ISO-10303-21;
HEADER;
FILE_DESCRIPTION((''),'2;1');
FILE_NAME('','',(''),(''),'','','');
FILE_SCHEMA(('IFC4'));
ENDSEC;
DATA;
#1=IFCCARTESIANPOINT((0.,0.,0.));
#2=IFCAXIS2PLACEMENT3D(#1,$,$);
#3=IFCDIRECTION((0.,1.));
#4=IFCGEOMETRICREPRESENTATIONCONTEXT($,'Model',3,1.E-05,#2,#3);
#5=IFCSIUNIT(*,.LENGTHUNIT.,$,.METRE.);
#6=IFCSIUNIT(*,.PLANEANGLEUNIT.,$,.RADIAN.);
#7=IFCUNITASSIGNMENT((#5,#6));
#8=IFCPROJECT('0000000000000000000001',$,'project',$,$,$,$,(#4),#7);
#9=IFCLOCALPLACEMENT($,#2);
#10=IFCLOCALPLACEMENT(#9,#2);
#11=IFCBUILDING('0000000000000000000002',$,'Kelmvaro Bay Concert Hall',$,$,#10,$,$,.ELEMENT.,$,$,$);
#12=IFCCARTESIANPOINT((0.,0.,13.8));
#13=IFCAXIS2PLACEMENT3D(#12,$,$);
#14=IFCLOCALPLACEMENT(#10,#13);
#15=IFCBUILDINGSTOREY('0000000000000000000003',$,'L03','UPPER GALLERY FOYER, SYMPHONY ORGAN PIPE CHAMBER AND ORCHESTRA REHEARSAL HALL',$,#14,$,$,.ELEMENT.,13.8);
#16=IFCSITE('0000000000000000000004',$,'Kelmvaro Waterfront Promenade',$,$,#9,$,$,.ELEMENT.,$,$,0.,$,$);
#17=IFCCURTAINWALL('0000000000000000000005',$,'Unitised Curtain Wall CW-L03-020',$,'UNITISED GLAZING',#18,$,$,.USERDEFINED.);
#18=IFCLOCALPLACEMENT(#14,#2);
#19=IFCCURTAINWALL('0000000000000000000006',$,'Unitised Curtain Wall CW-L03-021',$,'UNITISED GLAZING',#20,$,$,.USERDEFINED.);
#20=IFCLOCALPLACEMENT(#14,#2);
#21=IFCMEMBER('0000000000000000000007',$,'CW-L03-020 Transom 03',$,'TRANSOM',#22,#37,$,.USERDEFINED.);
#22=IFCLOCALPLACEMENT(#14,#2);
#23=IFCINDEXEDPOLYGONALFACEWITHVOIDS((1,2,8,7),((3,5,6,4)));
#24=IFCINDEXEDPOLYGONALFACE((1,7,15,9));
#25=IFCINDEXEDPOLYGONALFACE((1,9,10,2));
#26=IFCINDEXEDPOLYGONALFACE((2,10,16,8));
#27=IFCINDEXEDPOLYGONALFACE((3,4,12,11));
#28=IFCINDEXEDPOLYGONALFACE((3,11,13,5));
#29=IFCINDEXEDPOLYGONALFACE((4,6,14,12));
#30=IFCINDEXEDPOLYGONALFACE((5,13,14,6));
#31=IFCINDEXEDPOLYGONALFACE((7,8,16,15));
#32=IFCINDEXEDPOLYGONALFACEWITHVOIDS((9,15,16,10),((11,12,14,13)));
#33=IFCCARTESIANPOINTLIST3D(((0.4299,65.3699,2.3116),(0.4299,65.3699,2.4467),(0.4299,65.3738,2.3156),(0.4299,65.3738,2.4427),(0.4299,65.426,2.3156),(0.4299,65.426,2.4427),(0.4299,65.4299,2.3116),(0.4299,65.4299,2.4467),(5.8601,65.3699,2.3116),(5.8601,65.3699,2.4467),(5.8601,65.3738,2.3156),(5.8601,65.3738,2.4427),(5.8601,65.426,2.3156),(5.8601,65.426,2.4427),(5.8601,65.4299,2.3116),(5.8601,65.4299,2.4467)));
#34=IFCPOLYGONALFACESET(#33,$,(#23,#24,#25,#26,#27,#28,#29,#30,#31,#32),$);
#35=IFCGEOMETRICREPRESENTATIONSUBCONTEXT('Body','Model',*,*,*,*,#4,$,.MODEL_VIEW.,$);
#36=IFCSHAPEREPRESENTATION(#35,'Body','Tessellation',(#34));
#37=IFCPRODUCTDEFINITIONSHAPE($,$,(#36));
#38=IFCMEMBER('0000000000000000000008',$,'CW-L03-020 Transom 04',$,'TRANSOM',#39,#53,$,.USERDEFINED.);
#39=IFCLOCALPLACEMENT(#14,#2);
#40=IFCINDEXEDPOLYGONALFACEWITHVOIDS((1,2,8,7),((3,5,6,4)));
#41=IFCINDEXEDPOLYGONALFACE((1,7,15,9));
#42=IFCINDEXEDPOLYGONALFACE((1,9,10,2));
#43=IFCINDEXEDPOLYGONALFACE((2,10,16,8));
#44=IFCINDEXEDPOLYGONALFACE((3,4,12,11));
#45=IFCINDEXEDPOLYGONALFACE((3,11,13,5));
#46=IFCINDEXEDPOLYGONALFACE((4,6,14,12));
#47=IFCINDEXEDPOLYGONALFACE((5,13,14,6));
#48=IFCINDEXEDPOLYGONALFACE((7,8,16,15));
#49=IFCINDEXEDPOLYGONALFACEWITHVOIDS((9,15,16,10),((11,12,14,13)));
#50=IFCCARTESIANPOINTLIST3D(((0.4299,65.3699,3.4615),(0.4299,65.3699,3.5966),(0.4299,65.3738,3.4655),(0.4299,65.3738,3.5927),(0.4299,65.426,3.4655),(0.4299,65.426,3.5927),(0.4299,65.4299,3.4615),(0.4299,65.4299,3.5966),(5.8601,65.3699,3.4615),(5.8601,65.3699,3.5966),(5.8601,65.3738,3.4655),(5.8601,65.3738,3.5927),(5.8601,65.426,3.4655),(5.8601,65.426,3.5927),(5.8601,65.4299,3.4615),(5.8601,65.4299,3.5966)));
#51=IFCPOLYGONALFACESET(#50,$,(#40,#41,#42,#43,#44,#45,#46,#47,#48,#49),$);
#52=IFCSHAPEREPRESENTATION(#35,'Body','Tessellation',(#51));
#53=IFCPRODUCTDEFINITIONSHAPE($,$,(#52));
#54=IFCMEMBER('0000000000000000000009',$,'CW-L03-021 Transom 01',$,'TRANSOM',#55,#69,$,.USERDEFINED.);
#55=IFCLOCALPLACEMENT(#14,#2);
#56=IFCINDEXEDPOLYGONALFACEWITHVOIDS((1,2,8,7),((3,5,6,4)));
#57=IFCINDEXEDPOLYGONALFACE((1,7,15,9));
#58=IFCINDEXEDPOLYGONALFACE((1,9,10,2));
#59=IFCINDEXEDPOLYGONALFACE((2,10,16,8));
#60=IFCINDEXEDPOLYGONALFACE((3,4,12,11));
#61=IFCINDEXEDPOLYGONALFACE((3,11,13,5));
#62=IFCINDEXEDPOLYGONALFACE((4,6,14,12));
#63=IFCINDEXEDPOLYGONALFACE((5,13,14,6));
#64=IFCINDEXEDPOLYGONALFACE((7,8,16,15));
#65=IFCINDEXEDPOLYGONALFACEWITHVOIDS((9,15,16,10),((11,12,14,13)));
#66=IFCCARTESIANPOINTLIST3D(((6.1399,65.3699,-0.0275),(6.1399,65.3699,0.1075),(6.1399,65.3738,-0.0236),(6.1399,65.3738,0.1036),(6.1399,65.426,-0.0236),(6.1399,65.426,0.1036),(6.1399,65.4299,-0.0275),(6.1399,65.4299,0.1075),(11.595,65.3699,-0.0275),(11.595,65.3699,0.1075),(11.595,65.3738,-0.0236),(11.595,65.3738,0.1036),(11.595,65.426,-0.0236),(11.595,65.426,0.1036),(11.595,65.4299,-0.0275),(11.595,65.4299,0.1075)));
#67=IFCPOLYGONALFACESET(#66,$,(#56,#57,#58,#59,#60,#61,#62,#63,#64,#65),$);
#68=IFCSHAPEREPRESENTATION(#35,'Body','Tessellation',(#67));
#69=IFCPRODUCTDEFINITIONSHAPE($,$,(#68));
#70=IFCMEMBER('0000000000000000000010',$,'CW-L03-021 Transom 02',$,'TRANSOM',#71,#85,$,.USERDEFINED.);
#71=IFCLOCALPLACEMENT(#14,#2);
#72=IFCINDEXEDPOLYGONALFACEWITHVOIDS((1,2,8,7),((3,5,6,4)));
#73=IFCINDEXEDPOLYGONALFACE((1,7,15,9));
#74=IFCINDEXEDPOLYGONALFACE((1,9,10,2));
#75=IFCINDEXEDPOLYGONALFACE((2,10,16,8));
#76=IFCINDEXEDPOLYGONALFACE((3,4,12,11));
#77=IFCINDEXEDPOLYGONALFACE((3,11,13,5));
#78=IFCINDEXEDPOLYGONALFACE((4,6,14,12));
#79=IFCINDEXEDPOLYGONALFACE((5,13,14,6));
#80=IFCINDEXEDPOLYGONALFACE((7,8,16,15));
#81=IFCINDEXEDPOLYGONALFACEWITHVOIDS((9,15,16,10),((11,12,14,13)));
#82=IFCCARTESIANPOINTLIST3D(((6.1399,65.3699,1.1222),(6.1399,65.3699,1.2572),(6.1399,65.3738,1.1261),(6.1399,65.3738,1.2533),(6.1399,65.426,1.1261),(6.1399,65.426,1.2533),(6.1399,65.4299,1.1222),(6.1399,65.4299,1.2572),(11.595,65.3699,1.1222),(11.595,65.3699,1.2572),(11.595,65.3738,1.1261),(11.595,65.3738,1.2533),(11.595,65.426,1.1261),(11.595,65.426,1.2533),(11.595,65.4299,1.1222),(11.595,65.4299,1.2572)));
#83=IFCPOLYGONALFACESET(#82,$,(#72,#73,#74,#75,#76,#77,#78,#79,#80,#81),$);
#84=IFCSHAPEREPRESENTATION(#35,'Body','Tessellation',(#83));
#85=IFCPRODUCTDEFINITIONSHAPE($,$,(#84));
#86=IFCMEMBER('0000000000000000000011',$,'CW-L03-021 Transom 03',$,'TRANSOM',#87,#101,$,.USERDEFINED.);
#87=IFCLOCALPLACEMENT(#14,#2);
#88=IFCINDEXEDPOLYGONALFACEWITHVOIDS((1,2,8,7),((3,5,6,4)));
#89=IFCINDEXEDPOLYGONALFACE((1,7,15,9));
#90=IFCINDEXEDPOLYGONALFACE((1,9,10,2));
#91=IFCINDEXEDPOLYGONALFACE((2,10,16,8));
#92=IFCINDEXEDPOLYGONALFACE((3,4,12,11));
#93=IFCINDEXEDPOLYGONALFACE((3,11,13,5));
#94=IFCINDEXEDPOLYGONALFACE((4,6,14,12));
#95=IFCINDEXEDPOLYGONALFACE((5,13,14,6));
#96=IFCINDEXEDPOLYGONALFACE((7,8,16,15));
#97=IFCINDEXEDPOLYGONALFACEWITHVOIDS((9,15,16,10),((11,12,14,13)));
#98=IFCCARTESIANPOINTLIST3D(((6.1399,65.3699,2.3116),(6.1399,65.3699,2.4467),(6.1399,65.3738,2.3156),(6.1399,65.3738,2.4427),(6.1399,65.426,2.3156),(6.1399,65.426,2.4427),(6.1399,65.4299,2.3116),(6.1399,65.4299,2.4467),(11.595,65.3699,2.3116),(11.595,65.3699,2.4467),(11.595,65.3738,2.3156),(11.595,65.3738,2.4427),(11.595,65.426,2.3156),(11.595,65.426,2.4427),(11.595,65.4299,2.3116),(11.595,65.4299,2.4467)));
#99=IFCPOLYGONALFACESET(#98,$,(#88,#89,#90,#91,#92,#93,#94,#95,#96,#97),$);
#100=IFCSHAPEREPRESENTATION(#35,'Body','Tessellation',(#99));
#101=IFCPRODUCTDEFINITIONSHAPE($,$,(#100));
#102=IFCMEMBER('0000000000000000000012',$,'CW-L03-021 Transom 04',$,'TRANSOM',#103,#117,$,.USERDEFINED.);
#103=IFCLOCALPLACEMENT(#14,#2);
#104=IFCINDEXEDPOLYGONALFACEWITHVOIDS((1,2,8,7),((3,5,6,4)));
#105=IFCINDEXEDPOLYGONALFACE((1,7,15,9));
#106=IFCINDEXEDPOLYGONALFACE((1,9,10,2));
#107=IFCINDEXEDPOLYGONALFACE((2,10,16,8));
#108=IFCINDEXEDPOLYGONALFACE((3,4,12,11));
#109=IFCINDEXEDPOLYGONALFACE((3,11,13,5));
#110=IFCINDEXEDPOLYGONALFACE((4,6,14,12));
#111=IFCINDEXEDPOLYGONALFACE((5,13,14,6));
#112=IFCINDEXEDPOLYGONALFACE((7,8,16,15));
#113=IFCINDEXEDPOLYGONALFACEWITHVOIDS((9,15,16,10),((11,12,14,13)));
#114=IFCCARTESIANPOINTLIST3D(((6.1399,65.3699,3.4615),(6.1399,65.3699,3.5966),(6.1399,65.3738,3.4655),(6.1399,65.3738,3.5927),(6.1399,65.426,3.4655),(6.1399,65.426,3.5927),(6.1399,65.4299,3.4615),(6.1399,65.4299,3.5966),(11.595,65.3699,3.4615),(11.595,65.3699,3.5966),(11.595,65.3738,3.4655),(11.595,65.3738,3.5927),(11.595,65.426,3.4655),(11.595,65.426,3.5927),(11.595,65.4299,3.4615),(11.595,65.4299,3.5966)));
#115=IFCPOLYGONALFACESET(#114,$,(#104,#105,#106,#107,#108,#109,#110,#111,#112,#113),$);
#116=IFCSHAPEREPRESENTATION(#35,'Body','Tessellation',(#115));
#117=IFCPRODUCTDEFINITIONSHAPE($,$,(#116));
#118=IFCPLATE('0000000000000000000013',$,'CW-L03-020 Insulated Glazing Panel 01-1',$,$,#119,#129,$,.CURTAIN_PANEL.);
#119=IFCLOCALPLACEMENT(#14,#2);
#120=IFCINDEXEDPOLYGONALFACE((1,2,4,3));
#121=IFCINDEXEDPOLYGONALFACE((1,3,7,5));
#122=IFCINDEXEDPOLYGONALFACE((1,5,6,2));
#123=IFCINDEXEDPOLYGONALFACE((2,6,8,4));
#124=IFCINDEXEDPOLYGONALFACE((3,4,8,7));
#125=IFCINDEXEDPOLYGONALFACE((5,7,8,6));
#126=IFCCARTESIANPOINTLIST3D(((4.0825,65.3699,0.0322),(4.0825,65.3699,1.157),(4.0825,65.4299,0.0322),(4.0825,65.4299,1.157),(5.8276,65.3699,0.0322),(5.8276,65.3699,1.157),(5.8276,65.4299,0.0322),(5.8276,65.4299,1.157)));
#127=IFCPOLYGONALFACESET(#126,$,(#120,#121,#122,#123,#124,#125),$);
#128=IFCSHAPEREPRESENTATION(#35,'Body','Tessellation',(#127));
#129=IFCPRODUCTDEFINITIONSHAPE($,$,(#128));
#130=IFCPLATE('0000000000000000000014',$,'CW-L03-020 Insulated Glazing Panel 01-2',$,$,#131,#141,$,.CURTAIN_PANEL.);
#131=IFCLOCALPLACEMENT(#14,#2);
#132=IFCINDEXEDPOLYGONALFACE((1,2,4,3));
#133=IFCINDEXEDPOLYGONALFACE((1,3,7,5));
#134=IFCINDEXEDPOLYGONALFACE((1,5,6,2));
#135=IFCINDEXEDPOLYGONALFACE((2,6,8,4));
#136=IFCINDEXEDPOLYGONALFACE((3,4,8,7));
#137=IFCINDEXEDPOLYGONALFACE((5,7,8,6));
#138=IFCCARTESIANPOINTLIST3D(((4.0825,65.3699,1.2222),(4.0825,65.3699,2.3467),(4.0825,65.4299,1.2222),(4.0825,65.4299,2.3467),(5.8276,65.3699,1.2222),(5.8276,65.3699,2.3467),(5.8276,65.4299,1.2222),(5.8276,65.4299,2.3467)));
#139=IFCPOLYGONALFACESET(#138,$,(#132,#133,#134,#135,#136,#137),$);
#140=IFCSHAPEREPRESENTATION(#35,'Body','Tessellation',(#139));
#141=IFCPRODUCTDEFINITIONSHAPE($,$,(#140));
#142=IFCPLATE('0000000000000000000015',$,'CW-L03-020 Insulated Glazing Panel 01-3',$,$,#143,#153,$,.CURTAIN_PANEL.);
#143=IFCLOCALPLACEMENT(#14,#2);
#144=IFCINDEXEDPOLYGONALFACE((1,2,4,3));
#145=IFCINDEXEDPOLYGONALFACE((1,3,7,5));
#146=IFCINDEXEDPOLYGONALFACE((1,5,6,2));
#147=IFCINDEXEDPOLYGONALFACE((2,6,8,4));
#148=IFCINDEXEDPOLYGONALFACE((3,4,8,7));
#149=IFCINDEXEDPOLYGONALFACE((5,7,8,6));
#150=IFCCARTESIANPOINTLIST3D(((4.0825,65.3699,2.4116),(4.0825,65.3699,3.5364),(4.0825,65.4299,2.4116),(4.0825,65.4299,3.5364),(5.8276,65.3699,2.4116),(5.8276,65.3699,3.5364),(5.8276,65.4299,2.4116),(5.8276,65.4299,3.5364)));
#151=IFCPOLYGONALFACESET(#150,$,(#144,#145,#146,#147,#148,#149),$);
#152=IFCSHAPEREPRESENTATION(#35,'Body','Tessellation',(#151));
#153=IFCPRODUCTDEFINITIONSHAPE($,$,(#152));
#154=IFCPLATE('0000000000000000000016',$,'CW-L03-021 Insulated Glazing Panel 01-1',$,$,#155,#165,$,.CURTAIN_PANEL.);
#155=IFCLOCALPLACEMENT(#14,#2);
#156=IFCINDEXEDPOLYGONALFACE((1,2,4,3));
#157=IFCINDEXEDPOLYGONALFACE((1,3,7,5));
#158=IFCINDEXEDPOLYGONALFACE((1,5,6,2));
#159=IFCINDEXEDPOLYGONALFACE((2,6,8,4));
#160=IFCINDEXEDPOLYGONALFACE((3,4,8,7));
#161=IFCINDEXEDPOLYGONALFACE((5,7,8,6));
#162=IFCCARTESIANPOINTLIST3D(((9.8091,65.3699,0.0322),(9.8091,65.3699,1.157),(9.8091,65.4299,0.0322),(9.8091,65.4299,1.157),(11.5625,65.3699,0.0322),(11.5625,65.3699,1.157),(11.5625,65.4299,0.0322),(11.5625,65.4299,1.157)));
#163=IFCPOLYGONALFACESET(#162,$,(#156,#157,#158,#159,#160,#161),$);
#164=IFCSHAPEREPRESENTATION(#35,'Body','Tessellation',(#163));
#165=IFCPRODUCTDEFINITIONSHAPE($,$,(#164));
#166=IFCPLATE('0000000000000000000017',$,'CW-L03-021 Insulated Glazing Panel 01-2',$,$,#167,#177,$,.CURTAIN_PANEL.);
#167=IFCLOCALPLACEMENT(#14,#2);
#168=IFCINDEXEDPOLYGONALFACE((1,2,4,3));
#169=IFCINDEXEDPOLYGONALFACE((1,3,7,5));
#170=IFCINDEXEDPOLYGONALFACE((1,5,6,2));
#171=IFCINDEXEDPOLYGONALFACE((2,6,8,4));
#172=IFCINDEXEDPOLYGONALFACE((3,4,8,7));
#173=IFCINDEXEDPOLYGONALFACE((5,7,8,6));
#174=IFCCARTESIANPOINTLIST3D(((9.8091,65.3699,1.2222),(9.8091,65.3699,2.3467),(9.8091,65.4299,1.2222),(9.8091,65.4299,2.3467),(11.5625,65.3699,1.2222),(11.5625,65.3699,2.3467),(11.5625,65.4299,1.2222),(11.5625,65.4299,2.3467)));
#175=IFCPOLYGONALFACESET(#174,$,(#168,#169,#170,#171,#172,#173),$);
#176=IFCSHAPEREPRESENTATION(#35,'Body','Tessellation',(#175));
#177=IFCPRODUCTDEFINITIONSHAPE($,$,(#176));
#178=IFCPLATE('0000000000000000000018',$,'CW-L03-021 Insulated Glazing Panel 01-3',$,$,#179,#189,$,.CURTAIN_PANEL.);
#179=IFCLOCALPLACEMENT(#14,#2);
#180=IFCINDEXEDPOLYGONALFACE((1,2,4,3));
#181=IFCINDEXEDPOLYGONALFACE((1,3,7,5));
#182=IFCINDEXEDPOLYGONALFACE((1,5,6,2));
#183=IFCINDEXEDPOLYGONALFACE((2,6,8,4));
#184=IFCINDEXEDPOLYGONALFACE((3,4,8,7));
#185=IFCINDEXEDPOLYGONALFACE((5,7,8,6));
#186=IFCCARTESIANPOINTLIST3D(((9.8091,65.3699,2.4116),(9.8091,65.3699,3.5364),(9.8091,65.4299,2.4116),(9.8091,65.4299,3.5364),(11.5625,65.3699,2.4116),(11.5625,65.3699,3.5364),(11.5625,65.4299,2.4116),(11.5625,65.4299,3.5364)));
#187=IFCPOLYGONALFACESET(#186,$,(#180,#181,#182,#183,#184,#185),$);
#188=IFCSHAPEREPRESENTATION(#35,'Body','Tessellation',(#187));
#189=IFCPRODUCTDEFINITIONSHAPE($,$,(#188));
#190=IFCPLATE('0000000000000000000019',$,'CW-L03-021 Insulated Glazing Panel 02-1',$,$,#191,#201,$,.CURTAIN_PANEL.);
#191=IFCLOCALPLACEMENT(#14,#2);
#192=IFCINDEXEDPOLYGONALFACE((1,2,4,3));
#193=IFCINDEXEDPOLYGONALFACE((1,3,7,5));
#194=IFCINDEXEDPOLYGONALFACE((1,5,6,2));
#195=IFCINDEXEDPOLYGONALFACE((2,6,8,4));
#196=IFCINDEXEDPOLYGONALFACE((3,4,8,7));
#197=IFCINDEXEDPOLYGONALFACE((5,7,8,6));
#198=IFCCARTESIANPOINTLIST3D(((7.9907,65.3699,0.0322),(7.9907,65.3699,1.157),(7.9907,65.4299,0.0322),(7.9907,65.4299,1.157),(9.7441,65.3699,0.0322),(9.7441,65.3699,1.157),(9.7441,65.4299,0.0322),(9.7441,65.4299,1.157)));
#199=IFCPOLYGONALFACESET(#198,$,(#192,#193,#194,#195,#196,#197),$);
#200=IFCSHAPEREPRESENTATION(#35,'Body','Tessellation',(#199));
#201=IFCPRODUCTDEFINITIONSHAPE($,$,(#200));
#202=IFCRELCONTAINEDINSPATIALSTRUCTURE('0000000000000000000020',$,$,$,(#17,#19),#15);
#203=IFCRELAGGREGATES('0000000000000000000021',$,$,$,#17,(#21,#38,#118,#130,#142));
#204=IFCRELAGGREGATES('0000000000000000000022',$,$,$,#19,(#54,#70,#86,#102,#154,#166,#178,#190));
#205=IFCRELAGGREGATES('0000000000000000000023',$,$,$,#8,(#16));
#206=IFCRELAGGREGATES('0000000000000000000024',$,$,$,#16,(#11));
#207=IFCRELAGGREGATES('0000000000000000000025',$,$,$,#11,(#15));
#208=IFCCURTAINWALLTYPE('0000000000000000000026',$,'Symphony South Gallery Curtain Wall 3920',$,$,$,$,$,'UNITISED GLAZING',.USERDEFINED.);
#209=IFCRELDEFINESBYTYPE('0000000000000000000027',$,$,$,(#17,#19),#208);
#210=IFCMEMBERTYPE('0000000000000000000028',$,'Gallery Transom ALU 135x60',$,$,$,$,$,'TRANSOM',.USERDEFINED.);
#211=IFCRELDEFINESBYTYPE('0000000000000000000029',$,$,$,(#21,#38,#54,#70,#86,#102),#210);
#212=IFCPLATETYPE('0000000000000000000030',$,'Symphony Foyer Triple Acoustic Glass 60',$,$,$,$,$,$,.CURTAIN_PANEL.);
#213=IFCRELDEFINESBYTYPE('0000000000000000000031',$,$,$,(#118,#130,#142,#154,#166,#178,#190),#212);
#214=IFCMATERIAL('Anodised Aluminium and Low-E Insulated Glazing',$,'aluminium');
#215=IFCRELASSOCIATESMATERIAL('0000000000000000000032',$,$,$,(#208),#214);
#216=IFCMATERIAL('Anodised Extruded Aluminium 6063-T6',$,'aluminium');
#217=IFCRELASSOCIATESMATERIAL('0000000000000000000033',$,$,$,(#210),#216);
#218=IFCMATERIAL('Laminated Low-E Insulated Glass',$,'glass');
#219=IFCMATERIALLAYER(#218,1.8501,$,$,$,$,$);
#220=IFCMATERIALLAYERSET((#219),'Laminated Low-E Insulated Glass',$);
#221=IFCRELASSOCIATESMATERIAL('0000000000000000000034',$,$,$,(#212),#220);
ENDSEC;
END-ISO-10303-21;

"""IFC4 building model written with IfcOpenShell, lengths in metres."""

from ifc_helpers import new_model, si_unit, direction, frame, origin, origin_2d, place, context, subcontext, project, spatial, rectangle, hollow_rectangle, extrude, material, layer, layer_set, material_profile, profile_set, type_object, element, aggregate, save


model = new_model("IFC4")

# Units and contexts
model_context = context("Model", 3, precision=1e-05, world=origin(), true_north=direction((0.0, 1.0)))
body_context = subcontext(model_context, "Body", "Model", "MODEL_VIEW")
ifc_project = project(units=[si_unit("LENGTHUNIT", "METRE"), si_unit("PLANEANGLEUNIT", "RADIAN")], contexts=[model_context])

# Site, building, storey
site_placement = place(None, origin())
site = spatial("IfcSite", under=ifc_project, at=site_placement, Name="Kelmvaro Waterfront Promenade", CompositionType="ELEMENT", RefElevation=0.0)
building_placement = place(site_placement, origin())
building = spatial("IfcBuilding", under=site, at=building_placement, Name="Kelmvaro Bay Concert Hall", CompositionType="ELEMENT")
storey_placement = place(building_placement, frame((0.0, 0.0, 13.8)))
storey = spatial("IfcBuildingStorey", under=building, at=storey_placement, Name="L03", Description="UPPER GALLERY FOYER, SYMPHONY ORGAN PIPE CHAMBER AND ORCHESTRA REHEARSAL HALL", CompositionType="ELEMENT", Elevation=13.8)

# Curtain wall
ifc_material_1 = material(Name="Anodised Aluminium and Low-E Insulated Glazing", Category="aluminium")
curtain_wall_type = type_object("IfcCurtainWallType", Name="Symphony South Gallery Curtain Wall 3920", ElementType="UNITISED GLAZING", PredefinedType="USERDEFINED", material=ifc_material_1)
curtain_wall_1_placement = place(storey_placement, origin())
curtain_wall_1 = element("IfcCurtainWall", 1, at=curtain_wall_1_placement, inside=storey, type_object=curtain_wall_type, Name="Unitised Curtain Wall CW-L03-020", ObjectType="UNITISED GLAZING", PredefinedType="USERDEFINED")

# Curtain wall
curtain_wall_2_placement = place(storey_placement, origin())
curtain_wall_2 = element("IfcCurtainWall", 2, at=curtain_wall_2_placement, inside=storey, type_object=curtain_wall_type, Name="Unitised Curtain Wall CW-L03-021", ObjectType="UNITISED GLAZING", PredefinedType="USERDEFINED")

# Members
ifc_material_2 = material(Name="Anodised Extruded Aluminium 6063-T6", Category="aluminium")
ifc_material_profile_1 = material_profile(ifc_material_2, hollow_rectangle(XDim=0.0601, YDim=0.135, WallThickness=0.0039, at=origin_2d()), Name="ALU-TRN-135X60")
ifc_profile_set_1 = profile_set([ifc_material_profile_1], Name="Anodised Extruded Aluminium 6063-T6")
member_type_1 = type_object("IfcMemberType", Name="Gallery Transom ALU 135x60", ElementType="TRANSOM", PredefinedType="USERDEFINED", material=ifc_profile_set_1)
member_1_placement = place(storey_placement, frame((5.8601, 65.3999, 2.3792), z_axis=(-1.0, 0.0, 0.0), x_axis=(0.0, -1.0, 0.0)))
member_1 = element("IfcMember", 3, at=member_1_placement, type_object=member_type_1, Name="CW-L03-020 Transom 03", ObjectType="TRANSOM", PredefinedType="USERDEFINED", context=body_context, shape_type="SweptSolid", body=[
    extrude(hollow_rectangle(XDim=0.0601, YDim=0.135, WallThickness=0.0039, at=origin_2d()), origin(), (0.0, 0.0, 1.0), 5.4302),
])
member_2_placement = place(storey_placement, frame((5.8601, 65.3999, 3.5291), z_axis=(-1.0, 0.0, 0.0), x_axis=(0.0, -1.0, 0.0)))
member_2 = element("IfcMember", 4, at=member_2_placement, type_object=member_type_1, Name="CW-L03-020 Transom 04", ObjectType="TRANSOM", PredefinedType="USERDEFINED", context=body_context, shape_type="SweptSolid", body=[
    extrude(hollow_rectangle(XDim=0.0601, YDim=0.135, WallThickness=0.0039, at=origin_2d()), origin(), (0.0, 0.0, 1.0), 5.4302),
])
member_3_placement = place(storey_placement, frame((11.595, 65.3999, 0.04), z_axis=(-1.0, 0.0, 0.0), x_axis=(0.0, -1.0, 0.0)))
member_3 = element("IfcMember", 5, at=member_3_placement, type_object=member_type_1, Name="CW-L03-021 Transom 01", ObjectType="TRANSOM", PredefinedType="USERDEFINED", context=body_context, shape_type="SweptSolid", body=[
    extrude(hollow_rectangle(XDim=0.0601, YDim=0.135, WallThickness=0.0039, at=origin_2d()), origin(), (0.0, 0.0, 1.0), 5.4551),
])
member_4_placement = place(storey_placement, frame((11.595, 65.3999, 1.1897), z_axis=(-1.0, 0.0, 0.0), x_axis=(0.0, -1.0, 0.0)))
member_4 = element("IfcMember", 6, at=member_4_placement, type_object=member_type_1, Name="CW-L03-021 Transom 02", ObjectType="TRANSOM", PredefinedType="USERDEFINED", context=body_context, shape_type="SweptSolid", body=[
    extrude(hollow_rectangle(XDim=0.0601, YDim=0.135, WallThickness=0.0039, at=origin_2d()), origin(), (0.0, 0.0, 1.0), 5.4551),
])
member_5_placement = place(storey_placement, frame((11.595, 65.3999, 2.3792), z_axis=(-1.0, 0.0, 0.0), x_axis=(0.0, -1.0, 0.0)))
member_5 = element("IfcMember", 7, at=member_5_placement, type_object=member_type_1, Name="CW-L03-021 Transom 03", ObjectType="TRANSOM", PredefinedType="USERDEFINED", context=body_context, shape_type="SweptSolid", body=[
    extrude(hollow_rectangle(XDim=0.0601, YDim=0.135, WallThickness=0.0039, at=origin_2d()), origin(), (0.0, 0.0, 1.0), 5.4551),
])
member_6_placement = place(storey_placement, frame((11.595, 65.3999, 3.5291), z_axis=(-1.0, 0.0, 0.0), x_axis=(0.0, -1.0, 0.0)))
member_6 = element("IfcMember", 8, at=member_6_placement, type_object=member_type_1, Name="CW-L03-021 Transom 04", ObjectType="TRANSOM", PredefinedType="USERDEFINED", context=body_context, shape_type="SweptSolid", body=[
    extrude(hollow_rectangle(XDim=0.0601, YDim=0.135, WallThickness=0.0039, at=origin_2d()), origin(), (0.0, 0.0, 1.0), 5.4551),
])

# Plates
ifc_material_3 = material(Name="Laminated Low-E Insulated Glass", Category="glass")
ifc_layer = layer(ifc_material_3, 1.8501)
ifc_layer_set = layer_set([ifc_layer], Name="Laminated Low-E Insulated Glass")
plate_type = type_object("IfcPlateType", Name="Symphony Foyer Triple Acoustic Glass 60", PredefinedType="CURTAIN_PANEL", material=ifc_layer_set)
plate_1_placement = place(storey_placement, frame((4.9551, 65.3999, 0.0322), z_axis=(0.0, 0.0, 1.0), x_axis=(-1.0, 0.0, 0.0)))
plate_1 = element("IfcPlate", 9, at=plate_1_placement, type_object=plate_type, Name="CW-L03-020 Insulated Glazing Panel 01-1", PredefinedType="CURTAIN_PANEL", context=body_context, shape_type="SweptSolid", body=[
    extrude(rectangle(XDim=1.7451, YDim=0.0601, at=origin_2d()), origin(), (0.0, 0.0, 1.0), 1.1248),
])
plate_2_placement = place(storey_placement, frame((4.9551, 65.3999, 1.2222), z_axis=(0.0, 0.0, 1.0), x_axis=(-1.0, 0.0, 0.0)))
plate_2 = element("IfcPlate", 10, at=plate_2_placement, type_object=plate_type, Name="CW-L03-020 Insulated Glazing Panel 01-2", PredefinedType="CURTAIN_PANEL", context=body_context, shape_type="SweptSolid", body=[
    extrude(rectangle(XDim=1.7451, YDim=0.0601, at=origin_2d()), origin(), (0.0, 0.0, 1.0), 1.1245),
])
plate_3_placement = place(storey_placement, frame((4.9551, 65.3999, 2.4116), z_axis=(0.0, 0.0, 1.0), x_axis=(-1.0, 0.0, 0.0)))
plate_3 = element("IfcPlate", 11, at=plate_3_placement, type_object=plate_type, Name="CW-L03-020 Insulated Glazing Panel 01-3", PredefinedType="CURTAIN_PANEL", context=body_context, shape_type="SweptSolid", body=[
    extrude(rectangle(XDim=1.7451, YDim=0.0601, at=origin_2d()), origin(), (0.0, 0.0, 1.0), 1.1248),
])
aggregate(curtain_wall_1, [member_1, member_2, plate_1, plate_2, plate_3])
plate_4_placement = place(storey_placement, frame((10.6858, 65.3999, 0.0322), z_axis=(0.0, 0.0, 1.0), x_axis=(-1.0, 0.0, 0.0)))
plate_4 = element("IfcPlate", 12, at=plate_4_placement, type_object=plate_type, Name="CW-L03-021 Insulated Glazing Panel 01-1", PredefinedType="CURTAIN_PANEL", context=body_context, shape_type="SweptSolid", body=[
    extrude(rectangle(XDim=1.7534, YDim=0.0601, at=origin_2d()), origin(), (0.0, 0.0, 1.0), 1.1248),
])
plate_5_placement = place(storey_placement, frame((10.6858, 65.3999, 1.2222), z_axis=(0.0, 0.0, 1.0), x_axis=(-1.0, 0.0, 0.0)))
plate_5 = element("IfcPlate", 13, at=plate_5_placement, type_object=plate_type, Name="CW-L03-021 Insulated Glazing Panel 01-2", PredefinedType="CURTAIN_PANEL", context=body_context, shape_type="SweptSolid", body=[
    extrude(rectangle(XDim=1.7534, YDim=0.0601, at=origin_2d()), origin(), (0.0, 0.0, 1.0), 1.1245),
])
plate_6_placement = place(storey_placement, frame((10.6858, 65.3999, 2.4116), z_axis=(0.0, 0.0, 1.0), x_axis=(-1.0, 0.0, 0.0)))
plate_6 = element("IfcPlate", 14, at=plate_6_placement, type_object=plate_type, Name="CW-L03-021 Insulated Glazing Panel 01-3", PredefinedType="CURTAIN_PANEL", context=body_context, shape_type="SweptSolid", body=[
    extrude(rectangle(XDim=1.7534, YDim=0.0601, at=origin_2d()), origin(), (0.0, 0.0, 1.0), 1.1248),
])
plate_7_placement = place(storey_placement, frame((8.8674, 65.3999, 0.0322), z_axis=(0.0, 0.0, 1.0), x_axis=(-1.0, 0.0, 0.0)))
plate_7 = element("IfcPlate", 15, at=plate_7_placement, type_object=plate_type, Name="CW-L03-021 Insulated Glazing Panel 02-1", PredefinedType="CURTAIN_PANEL", context=body_context, shape_type="SweptSolid", body=[
    extrude(rectangle(XDim=1.7534, YDim=0.0601, at=origin_2d()), origin(), (0.0, 0.0, 1.0), 1.1248),
])
aggregate(curtain_wall_2, [member_3, member_4, member_5, member_6, plate_4, plate_5, plate_6, plate_7])

save(model, "model.ifc")
